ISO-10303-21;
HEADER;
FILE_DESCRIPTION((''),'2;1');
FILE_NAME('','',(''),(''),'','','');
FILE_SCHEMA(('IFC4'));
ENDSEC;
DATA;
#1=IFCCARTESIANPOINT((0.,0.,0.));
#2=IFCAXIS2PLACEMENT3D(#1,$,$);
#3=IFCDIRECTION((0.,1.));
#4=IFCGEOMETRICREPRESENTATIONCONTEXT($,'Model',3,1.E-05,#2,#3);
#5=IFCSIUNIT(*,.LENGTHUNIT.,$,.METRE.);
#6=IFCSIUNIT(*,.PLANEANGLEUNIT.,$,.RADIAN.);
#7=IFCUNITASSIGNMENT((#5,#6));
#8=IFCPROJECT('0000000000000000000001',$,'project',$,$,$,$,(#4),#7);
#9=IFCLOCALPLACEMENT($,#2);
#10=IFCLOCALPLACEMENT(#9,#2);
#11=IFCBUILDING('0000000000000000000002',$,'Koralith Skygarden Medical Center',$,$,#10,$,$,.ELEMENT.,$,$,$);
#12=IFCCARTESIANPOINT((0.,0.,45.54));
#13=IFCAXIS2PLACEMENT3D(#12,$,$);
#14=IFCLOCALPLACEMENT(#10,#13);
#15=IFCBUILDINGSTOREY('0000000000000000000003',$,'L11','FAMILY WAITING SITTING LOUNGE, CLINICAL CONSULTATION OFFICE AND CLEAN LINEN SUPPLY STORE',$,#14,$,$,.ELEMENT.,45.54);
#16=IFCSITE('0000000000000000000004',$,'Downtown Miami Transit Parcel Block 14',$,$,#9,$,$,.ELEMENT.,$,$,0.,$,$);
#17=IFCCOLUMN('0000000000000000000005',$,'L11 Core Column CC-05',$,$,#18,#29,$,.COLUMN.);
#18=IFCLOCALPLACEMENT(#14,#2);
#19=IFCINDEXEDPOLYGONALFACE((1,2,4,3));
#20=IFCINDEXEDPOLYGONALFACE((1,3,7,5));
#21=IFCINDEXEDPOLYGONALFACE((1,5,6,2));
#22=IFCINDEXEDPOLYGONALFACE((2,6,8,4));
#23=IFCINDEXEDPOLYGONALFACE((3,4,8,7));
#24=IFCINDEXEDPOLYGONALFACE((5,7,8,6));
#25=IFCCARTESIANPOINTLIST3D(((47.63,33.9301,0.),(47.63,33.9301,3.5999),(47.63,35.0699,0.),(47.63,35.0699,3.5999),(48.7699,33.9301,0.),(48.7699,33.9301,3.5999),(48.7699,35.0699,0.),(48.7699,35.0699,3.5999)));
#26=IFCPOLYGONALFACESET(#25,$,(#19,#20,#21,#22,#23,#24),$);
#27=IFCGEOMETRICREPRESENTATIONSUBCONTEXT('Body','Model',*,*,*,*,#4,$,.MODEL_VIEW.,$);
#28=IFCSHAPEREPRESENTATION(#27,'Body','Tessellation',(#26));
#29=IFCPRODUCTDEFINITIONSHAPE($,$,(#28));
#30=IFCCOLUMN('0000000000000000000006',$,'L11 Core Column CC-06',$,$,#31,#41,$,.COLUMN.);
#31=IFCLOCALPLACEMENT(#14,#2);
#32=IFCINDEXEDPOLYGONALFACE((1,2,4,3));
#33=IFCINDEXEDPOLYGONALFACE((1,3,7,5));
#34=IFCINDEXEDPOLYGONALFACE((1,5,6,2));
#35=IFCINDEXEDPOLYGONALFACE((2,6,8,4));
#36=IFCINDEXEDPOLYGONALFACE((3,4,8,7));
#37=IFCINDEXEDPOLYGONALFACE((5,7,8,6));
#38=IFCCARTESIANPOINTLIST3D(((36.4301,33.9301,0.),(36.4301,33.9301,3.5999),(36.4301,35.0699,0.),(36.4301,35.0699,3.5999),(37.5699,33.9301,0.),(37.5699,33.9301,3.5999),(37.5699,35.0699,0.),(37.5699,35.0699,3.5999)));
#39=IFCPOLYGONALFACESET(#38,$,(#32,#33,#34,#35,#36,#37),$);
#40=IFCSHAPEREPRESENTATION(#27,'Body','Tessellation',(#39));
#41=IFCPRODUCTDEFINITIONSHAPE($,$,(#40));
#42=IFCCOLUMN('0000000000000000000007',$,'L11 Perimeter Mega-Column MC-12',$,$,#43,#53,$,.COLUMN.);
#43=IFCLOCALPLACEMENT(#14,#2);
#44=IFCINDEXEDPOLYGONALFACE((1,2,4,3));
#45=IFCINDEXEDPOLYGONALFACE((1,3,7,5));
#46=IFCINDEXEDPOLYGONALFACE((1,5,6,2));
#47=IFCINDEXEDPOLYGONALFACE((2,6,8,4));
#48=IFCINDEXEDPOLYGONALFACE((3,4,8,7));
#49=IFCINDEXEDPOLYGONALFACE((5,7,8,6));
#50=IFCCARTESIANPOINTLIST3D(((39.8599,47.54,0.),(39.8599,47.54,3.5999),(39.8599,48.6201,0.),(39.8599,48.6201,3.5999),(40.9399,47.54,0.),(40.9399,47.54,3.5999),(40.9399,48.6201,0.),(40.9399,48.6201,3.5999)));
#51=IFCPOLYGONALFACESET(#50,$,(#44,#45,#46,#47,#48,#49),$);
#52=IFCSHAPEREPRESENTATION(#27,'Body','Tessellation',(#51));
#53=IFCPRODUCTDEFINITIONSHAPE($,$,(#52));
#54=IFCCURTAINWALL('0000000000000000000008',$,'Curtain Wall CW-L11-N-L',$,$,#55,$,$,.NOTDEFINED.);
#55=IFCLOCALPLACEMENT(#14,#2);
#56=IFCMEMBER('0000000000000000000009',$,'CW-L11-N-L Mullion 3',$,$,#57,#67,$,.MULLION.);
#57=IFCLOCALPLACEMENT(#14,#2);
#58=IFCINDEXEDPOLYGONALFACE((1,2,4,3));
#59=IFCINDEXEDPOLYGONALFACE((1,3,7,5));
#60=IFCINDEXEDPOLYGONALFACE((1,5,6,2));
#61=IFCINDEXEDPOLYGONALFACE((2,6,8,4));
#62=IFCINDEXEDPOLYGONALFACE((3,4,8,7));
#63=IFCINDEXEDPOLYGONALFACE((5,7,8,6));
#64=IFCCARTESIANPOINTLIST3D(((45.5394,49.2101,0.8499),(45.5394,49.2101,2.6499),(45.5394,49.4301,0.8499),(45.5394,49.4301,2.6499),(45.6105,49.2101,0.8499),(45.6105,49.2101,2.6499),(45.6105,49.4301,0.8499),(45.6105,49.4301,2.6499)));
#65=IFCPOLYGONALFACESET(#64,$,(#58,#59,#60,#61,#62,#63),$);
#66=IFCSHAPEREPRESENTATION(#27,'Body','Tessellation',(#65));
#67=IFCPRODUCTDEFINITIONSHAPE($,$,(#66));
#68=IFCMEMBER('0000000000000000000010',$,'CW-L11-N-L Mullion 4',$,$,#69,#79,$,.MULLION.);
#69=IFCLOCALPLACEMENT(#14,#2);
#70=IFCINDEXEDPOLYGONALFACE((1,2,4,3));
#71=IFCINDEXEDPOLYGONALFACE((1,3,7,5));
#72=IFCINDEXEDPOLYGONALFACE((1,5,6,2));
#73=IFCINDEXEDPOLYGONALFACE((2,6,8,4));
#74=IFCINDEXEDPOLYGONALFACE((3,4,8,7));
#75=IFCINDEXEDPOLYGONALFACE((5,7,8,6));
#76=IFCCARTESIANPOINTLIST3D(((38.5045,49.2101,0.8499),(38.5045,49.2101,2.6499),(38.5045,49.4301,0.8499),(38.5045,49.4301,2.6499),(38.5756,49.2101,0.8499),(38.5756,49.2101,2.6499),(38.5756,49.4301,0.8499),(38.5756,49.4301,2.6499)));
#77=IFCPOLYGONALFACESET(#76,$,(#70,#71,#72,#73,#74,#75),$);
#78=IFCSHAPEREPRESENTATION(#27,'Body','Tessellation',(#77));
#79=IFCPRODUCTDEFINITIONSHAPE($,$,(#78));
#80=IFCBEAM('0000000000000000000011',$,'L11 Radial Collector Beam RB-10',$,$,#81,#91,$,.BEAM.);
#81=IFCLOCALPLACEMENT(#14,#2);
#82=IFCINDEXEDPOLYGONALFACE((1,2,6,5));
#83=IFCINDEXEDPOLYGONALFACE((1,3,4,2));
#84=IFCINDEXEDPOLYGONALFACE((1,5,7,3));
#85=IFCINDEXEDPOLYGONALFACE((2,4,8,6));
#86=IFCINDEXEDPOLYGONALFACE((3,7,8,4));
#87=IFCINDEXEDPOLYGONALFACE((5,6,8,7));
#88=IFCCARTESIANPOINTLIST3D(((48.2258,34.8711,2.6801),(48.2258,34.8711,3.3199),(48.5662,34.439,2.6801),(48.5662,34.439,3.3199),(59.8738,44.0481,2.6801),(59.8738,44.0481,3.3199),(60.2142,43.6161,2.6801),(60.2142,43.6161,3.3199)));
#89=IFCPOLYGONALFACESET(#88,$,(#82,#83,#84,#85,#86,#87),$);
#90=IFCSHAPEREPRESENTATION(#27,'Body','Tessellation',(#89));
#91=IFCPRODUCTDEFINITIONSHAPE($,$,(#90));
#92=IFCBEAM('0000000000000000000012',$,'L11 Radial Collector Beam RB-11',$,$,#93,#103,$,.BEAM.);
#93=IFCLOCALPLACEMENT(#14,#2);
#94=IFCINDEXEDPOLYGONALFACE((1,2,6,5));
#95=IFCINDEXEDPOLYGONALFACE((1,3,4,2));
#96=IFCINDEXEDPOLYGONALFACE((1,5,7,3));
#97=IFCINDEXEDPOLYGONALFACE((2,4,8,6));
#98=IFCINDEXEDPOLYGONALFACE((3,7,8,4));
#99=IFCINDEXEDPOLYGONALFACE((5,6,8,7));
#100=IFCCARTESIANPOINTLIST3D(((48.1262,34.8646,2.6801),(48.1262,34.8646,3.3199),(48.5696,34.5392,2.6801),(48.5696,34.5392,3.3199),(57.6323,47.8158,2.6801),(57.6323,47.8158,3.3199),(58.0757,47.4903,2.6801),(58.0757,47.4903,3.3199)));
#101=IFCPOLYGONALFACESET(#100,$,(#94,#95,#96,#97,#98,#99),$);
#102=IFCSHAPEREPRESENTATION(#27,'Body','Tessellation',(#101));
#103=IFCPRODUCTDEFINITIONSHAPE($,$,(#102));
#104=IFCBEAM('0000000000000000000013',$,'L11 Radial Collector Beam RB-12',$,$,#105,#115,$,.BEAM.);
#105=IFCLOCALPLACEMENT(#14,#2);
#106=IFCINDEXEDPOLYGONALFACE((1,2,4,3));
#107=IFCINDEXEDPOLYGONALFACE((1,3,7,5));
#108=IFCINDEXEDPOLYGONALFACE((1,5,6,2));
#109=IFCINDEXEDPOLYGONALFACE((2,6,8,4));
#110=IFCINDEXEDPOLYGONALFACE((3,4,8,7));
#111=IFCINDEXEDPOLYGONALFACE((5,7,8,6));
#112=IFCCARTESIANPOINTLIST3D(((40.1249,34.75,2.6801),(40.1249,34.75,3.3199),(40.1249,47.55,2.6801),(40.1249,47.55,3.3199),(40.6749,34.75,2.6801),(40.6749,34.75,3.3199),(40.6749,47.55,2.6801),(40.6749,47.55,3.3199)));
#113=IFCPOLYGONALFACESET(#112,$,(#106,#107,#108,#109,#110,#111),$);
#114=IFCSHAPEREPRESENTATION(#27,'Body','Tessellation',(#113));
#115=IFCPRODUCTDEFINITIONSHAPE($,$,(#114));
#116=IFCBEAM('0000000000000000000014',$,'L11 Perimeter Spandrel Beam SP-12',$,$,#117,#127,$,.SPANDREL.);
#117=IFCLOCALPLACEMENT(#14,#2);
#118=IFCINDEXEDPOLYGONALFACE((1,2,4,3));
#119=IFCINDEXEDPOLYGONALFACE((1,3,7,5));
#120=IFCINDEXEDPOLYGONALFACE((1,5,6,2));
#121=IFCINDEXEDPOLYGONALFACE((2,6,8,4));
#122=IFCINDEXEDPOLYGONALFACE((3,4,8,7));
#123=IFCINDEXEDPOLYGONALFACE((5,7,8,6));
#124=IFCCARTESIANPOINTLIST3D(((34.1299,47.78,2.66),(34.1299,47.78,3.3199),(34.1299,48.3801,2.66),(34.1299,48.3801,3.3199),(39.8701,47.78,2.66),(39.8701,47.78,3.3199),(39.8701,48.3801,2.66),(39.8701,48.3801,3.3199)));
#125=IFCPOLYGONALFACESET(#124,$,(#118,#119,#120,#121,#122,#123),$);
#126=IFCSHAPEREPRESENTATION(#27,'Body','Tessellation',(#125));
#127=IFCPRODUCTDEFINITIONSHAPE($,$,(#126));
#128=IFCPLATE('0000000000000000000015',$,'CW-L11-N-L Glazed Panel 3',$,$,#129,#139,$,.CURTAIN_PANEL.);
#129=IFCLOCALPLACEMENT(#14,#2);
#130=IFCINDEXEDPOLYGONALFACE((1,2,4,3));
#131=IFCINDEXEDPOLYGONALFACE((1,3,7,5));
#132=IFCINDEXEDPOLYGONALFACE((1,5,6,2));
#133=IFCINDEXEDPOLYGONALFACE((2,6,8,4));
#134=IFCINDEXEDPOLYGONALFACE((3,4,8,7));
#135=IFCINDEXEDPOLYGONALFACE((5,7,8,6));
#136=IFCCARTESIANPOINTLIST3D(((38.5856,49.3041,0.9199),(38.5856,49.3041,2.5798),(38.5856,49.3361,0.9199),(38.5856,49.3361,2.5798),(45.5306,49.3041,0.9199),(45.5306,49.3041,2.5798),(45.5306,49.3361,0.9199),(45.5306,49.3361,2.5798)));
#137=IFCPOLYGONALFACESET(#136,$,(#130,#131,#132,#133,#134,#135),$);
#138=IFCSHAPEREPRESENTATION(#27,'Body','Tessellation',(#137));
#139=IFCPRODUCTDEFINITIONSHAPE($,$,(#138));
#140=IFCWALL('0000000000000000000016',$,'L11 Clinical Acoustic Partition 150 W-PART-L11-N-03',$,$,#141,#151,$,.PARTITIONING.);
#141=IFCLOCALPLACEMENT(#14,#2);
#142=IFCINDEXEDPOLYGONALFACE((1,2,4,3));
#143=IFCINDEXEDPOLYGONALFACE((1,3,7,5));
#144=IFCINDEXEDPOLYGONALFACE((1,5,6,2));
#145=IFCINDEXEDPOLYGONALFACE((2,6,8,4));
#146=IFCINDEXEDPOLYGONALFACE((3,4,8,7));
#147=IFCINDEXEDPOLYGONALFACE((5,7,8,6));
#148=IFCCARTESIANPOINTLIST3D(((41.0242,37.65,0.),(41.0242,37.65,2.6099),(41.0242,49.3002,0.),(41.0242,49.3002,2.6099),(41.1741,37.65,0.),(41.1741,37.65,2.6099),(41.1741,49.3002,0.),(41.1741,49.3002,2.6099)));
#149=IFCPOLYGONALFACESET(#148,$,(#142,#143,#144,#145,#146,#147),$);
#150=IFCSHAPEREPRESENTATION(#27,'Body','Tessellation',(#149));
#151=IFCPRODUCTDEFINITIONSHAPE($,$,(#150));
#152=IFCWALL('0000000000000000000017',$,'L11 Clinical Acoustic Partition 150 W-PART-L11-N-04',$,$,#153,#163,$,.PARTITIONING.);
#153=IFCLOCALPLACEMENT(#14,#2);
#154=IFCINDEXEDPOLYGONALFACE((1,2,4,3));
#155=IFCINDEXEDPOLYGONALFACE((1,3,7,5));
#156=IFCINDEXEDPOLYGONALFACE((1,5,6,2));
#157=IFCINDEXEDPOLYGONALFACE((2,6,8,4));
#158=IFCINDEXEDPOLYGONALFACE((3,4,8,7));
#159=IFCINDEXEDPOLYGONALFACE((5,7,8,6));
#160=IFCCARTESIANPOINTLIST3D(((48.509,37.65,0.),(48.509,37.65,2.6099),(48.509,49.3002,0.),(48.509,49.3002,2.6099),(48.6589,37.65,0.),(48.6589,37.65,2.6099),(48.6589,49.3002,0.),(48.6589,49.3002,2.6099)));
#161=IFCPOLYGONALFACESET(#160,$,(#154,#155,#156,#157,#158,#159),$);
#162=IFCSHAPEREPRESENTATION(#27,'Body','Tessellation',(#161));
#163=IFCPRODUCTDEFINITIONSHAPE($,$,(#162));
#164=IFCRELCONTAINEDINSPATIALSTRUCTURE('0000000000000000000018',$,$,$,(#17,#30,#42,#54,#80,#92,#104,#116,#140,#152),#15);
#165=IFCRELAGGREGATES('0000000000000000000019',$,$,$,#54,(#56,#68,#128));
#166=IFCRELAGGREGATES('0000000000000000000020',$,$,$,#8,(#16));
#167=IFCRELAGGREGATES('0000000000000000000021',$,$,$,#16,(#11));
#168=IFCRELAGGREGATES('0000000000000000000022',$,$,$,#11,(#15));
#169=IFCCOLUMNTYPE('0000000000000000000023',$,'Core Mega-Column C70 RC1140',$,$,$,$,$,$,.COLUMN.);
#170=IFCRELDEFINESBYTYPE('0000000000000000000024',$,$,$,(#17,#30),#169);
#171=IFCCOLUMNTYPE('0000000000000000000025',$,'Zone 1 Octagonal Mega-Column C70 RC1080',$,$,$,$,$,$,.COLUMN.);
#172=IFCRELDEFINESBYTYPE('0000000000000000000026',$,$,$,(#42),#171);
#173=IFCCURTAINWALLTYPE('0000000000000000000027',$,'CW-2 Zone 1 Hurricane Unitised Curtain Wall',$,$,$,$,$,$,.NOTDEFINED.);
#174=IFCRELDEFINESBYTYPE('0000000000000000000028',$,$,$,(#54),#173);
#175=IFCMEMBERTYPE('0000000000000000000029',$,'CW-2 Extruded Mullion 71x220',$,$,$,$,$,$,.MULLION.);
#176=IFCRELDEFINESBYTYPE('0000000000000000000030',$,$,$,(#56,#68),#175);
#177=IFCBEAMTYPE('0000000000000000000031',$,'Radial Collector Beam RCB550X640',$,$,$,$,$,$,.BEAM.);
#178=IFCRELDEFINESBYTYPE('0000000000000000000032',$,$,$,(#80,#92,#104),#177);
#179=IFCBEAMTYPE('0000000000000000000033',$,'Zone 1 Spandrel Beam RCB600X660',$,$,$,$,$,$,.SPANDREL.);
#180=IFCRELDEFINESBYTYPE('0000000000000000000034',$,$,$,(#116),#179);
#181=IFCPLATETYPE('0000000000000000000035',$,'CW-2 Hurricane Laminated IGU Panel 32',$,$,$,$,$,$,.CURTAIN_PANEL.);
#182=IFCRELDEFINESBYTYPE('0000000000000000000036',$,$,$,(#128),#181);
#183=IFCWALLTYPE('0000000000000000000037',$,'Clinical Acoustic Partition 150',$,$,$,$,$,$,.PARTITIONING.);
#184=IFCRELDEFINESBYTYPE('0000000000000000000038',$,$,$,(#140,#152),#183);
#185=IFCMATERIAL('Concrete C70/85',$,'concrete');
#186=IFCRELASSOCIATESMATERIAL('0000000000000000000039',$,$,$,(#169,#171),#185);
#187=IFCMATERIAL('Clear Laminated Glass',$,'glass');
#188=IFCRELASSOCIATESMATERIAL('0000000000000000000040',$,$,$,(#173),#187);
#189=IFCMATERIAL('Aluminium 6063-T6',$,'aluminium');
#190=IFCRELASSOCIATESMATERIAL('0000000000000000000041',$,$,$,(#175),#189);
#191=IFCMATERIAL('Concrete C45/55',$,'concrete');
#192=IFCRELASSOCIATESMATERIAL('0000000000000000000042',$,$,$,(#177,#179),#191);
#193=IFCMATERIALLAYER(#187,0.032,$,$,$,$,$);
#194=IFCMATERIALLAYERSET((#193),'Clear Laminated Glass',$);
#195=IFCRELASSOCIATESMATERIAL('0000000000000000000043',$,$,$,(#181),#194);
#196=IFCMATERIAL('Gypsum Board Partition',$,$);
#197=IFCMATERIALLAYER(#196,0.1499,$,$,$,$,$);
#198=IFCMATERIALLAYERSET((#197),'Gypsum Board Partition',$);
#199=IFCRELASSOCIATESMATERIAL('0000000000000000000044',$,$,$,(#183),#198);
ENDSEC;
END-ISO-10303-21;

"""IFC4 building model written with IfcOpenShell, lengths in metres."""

from ifc_helpers import new_model, si_unit, direction, frame, frame_2d, origin, origin_2d, place, context, subcontext, project, spatial, rectangle, extrude, material, layer, layer_set, material_profile, profile_set, type_object, element, aggregate, save


model = new_model("IFC4")

# Units and contexts
model_context = context("Model", 3, precision=1e-05, world=origin(), true_north=direction((0.0, 1.0)))
body_context = subcontext(model_context, "Body", "Model", "MODEL_VIEW")
ifc_project = project(units=[si_unit("LENGTHUNIT", "METRE"), si_unit("PLANEANGLEUNIT", "RADIAN")], contexts=[model_context])

# Site, building, storey
site_placement = place(None, origin())
site = spatial("IfcSite", under=ifc_project, at=site_placement, Name="Downtown Miami Transit Parcel Block 14", CompositionType="ELEMENT", RefElevation=0.0)
building_placement = place(site_placement, origin())
building = spatial("IfcBuilding", under=site, at=building_placement, Name="Koralith Skygarden Medical Center", CompositionType="ELEMENT")
storey_placement = place(building_placement, frame((0.0, 0.0, 45.54)))
storey = spatial("IfcBuildingStorey", under=building, at=storey_placement, Name="L11", Description="FAMILY WAITING SITTING LOUNGE, CLINICAL CONSULTATION OFFICE AND CLEAN LINEN SUPPLY STORE", CompositionType="ELEMENT", Elevation=45.54)

# Columns
ifc_material_1 = material(Name="Concrete C70/85", Category="concrete")
ifc_material_profile_1 = material_profile(ifc_material_1, rectangle(XDim=1.1399, YDim=1.1399, at=origin_2d()), Name="RC1140X1140")
ifc_profile_set_1 = profile_set([ifc_material_profile_1], Name="Concrete C70/85")
column_type_1 = type_object("IfcColumnType", Name="Core Mega-Column C70 RC1140", PredefinedType="COLUMN", material=ifc_profile_set_1)
for number, where, z_axis, x_axis, name in (
    (1, (48.2, 34.5, 0.0), (0.0, 0.0, 1.0), (1.0, 0.0, 0.0), "L11 Core Column CC-05"),
    (2, (37.0, 34.5, 0.0), (0.0, 0.0, 1.0), (1.0, 0.0, 0.0), "L11 Core Column CC-06"),
):
    element("IfcColumn", number, at=place(storey_placement, frame(where, z_axis=z_axis, x_axis=x_axis)), inside=storey, type_object=column_type_1, Name=name, PredefinedType="COLUMN", context=body_context, shape_type="SweptSolid", body=[
        extrude(rectangle(XDim=1.1399, YDim=1.1399, at=origin_2d()), origin(), (0.0, 0.0, 1.0), 3.5999),
    ])
ifc_material_profile_2 = material_profile(ifc_material_1, rectangle(XDim=1.0801, YDim=1.0801, at=origin_2d()), Name="RC1080X1080")
ifc_profile_set_2 = profile_set([ifc_material_profile_2], Name="Concrete C70/85")
column_type_2 = type_object("IfcColumnType", Name="Zone 1 Octagonal Mega-Column C70 RC1080", PredefinedType="COLUMN", material=ifc_profile_set_2)
column_placement = place(storey_placement, frame((40.3999, 48.0801, 0.0), z_axis=(0.0, 0.0, 1.0), x_axis=(1.0, 0.0, 0.0)))
element("IfcColumn", 3, at=column_placement, inside=storey, type_object=column_type_2, Name="L11 Perimeter Mega-Column MC-12", PredefinedType="COLUMN", context=body_context, shape_type="SweptSolid", body=[
    extrude(rectangle(XDim=1.0801, YDim=1.0801, at=origin_2d()), origin(), (0.0, 0.0, 1.0), 3.5999),
])

# Curtain wall, members
ifc_material_2 = material(Name="Clear Laminated Glass", Category="glass")
curtain_wall_type = type_object("IfcCurtainWallType", Name="CW-2 Zone 1 Hurricane Unitised Curtain Wall", PredefinedType="NOTDEFINED", material=ifc_material_2)
curtain_wall_placement = place(storey_placement, origin())
curtain_wall = element("IfcCurtainWall", 4, at=curtain_wall_placement, inside=storey, type_object=curtain_wall_type, Name="Curtain Wall CW-L11-N-L", PredefinedType="NOTDEFINED")
ifc_material_3 = material(Name="Aluminium 6063-T6", Category="aluminium")
ifc_material_profile_3 = material_profile(ifc_material_3, rectangle(XDim=0.071, YDim=0.22, at=origin_2d()), Name="MUL71X220")
ifc_profile_set_3 = profile_set([ifc_material_profile_3], Name="Aluminium 6063-T6")
member_type = type_object("IfcMemberType", Name="CW-2 Extruded Mullion 71x220", PredefinedType="MULLION", material=ifc_profile_set_3)
member_1_placement = place(storey_placement, frame((45.575, 49.3201, 0.8499), z_axis=(0.0, 0.0, 1.0), x_axis=(1.0, 0.0, 0.0)))
member_1 = element("IfcMember", 5, at=member_1_placement, type_object=member_type, Name="CW-L11-N-L Mullion 3", PredefinedType="MULLION", context=body_context, shape_type="SweptSolid", body=[
    extrude(rectangle(XDim=0.071, YDim=0.22, at=origin_2d()), origin(), (0.0, 0.0, 1.0), 1.8),
])
member_2_placement = place(storey_placement, frame((38.54, 49.3201, 0.8499), z_axis=(0.0, 0.0, 1.0), x_axis=(1.0, 0.0, 0.0)))
member_2 = element("IfcMember", 6, at=member_2_placement, type_object=member_type, Name="CW-L11-N-L Mullion 4", PredefinedType="MULLION", context=body_context, shape_type="SweptSolid", body=[
    extrude(rectangle(XDim=0.071, YDim=0.22, at=origin_2d()), origin(), (0.0, 0.0, 1.0), 1.8),
])

# Beams
ifc_material_4 = material(Name="Concrete C45/55", Category="concrete")
ifc_material_profile_4 = material_profile(ifc_material_4, rectangle(XDim=0.55, YDim=0.6399, at=origin_2d()), Name="RCB550X640")
ifc_profile_set_4 = profile_set([ifc_material_profile_4], Name="Concrete C45/55")
beam_type_1 = type_object("IfcBeamType", Name="Radial Collector Beam RCB550X640", PredefinedType="BEAM", material=ifc_profile_set_4)
beam_1_placement = place(storey_placement, frame((48.396, 34.655, 3.0), z_axis=(0.785497, 0.618865, 0.0), x_axis=(-0.618865, 0.785497, 0.0)))
element("IfcBeam", 7, at=beam_1_placement, inside=storey, type_object=beam_type_1, Name="L11 Radial Collector Beam RB-10", PredefinedType="BEAM", context=body_context, shape_type="SweptSolid", body=[
    extrude(rectangle(XDim=0.55, YDim=0.6399, at=origin_2d()), origin(), (0.0, 0.0, 1.0), 14.8289),
])
beam_2_placement = place(storey_placement, frame((48.3479, 34.7019, 3.0), z_axis=(0.591711, 0.80615, 0.0), x_axis=(-0.80615, 0.591711, 0.0)))
element("IfcBeam", 8, at=beam_2_placement, inside=storey, type_object=beam_type_1, Name="L11 Radial Collector Beam RB-11", PredefinedType="BEAM", context=body_context, shape_type="SweptSolid", body=[
    extrude(rectangle(XDim=0.55, YDim=0.6399, at=origin_2d()), origin(), (0.0, 0.0, 1.0), 16.0654),
])
beam_3_placement = place(storey_placement, frame((40.3999, 34.75, 3.0), z_axis=(0.0, 1.0, 0.0), x_axis=(-1.0, 0.0, 0.0)))
element("IfcBeam", 9, at=beam_3_placement, inside=storey, type_object=beam_type_1, Name="L11 Radial Collector Beam RB-12", PredefinedType="BEAM", context=body_context, shape_type="SweptSolid", body=[
    extrude(rectangle(XDim=0.55, YDim=0.6399, at=origin_2d()), origin(), (0.0, 0.0, 1.0), 12.8),
])
ifc_material_profile_5 = material_profile(ifc_material_4, rectangle(XDim=0.6001, YDim=0.6599, at=origin_2d()), Name="RCB600X660")
ifc_profile_set_5 = profile_set([ifc_material_profile_5], Name="Concrete C45/55")
beam_type_2 = type_object("IfcBeamType", Name="Zone 1 Spandrel Beam RCB600X660", PredefinedType="SPANDREL", material=ifc_profile_set_5)
beam_4_placement = place(storey_placement, frame((39.8701, 48.0801, 2.99), z_axis=(-1.0, 0.0, 0.0), x_axis=(0.0, -1.0, 0.0)))
element("IfcBeam", 10, at=beam_4_placement, inside=storey, type_object=beam_type_2, Name="L11 Perimeter Spandrel Beam SP-12", PredefinedType="SPANDREL", context=body_context, shape_type="SweptSolid", body=[
    extrude(rectangle(XDim=0.6001, YDim=0.6599, at=origin_2d()), origin(), (0.0, 0.0, 1.0), 5.7402),
])

# Plate
ifc_layer_1 = layer(ifc_material_2, 0.032)
ifc_layer_set_1 = layer_set([ifc_layer_1], Name="Clear Laminated Glass")
plate_type = type_object("IfcPlateType", Name="CW-2 Hurricane Laminated IGU Panel 32", PredefinedType="CURTAIN_PANEL", material=ifc_layer_set_1)
plate_placement = place(storey_placement, frame((42.0581, 49.3201, 0.9199), z_axis=(0.0, 0.0, 1.0), x_axis=(-1.0, 0.0, 0.0)))
plate = element("IfcPlate", 11, at=plate_placement, type_object=plate_type, Name="CW-L11-N-L Glazed Panel 3", PredefinedType="CURTAIN_PANEL", context=body_context, shape_type="SweptSolid", body=[
    extrude(rectangle(XDim=6.9451, YDim=0.032, at=origin_2d()), origin(), (0.0, 0.0, 1.0), 1.6599),
])
aggregate(curtain_wall, [member_1, member_2, plate])

# Walls
ifc_material_5 = material(Name="Gypsum Board Partition")
ifc_layer_2 = layer(ifc_material_5, 0.1499)
ifc_layer_set_2 = layer_set([ifc_layer_2], Name="Gypsum Board Partition")
wall_type_1 = type_object("IfcWallType", Name="Clinical Acoustic Partition 150", PredefinedType="PARTITIONING", material=ifc_layer_set_2)
for number, where, z_axis, x_axis, name in (
    (12, (41.0991, 37.6499, 0.0), (0.0, 0.0, 1.0), (0.0, 1.0, 0.0), "L11 Clinical Acoustic Partition 150 W-PART-L11-N-03"),
    (13, (48.584, 37.6499, 0.0), (0.0, 0.0, 1.0), (0.0, 1.0, 0.0), "L11 Clinical Acoustic Partition 150 W-PART-L11-N-04"),
):
    element("IfcWall", number, at=place(storey_placement, frame(where, z_axis=z_axis, x_axis=x_axis)), inside=storey, type_object=wall_type_1, Name=name, PredefinedType="PARTITIONING", context=body_context, shape_type="SweptSolid", body=[
        extrude(rectangle(XDim=11.6501, YDim=0.1499, at=frame_2d((5.8252, 0.0))), origin(), (0.0, 0.0, 1.0), 2.6099),
    ])

save(model, "model.ifc")
